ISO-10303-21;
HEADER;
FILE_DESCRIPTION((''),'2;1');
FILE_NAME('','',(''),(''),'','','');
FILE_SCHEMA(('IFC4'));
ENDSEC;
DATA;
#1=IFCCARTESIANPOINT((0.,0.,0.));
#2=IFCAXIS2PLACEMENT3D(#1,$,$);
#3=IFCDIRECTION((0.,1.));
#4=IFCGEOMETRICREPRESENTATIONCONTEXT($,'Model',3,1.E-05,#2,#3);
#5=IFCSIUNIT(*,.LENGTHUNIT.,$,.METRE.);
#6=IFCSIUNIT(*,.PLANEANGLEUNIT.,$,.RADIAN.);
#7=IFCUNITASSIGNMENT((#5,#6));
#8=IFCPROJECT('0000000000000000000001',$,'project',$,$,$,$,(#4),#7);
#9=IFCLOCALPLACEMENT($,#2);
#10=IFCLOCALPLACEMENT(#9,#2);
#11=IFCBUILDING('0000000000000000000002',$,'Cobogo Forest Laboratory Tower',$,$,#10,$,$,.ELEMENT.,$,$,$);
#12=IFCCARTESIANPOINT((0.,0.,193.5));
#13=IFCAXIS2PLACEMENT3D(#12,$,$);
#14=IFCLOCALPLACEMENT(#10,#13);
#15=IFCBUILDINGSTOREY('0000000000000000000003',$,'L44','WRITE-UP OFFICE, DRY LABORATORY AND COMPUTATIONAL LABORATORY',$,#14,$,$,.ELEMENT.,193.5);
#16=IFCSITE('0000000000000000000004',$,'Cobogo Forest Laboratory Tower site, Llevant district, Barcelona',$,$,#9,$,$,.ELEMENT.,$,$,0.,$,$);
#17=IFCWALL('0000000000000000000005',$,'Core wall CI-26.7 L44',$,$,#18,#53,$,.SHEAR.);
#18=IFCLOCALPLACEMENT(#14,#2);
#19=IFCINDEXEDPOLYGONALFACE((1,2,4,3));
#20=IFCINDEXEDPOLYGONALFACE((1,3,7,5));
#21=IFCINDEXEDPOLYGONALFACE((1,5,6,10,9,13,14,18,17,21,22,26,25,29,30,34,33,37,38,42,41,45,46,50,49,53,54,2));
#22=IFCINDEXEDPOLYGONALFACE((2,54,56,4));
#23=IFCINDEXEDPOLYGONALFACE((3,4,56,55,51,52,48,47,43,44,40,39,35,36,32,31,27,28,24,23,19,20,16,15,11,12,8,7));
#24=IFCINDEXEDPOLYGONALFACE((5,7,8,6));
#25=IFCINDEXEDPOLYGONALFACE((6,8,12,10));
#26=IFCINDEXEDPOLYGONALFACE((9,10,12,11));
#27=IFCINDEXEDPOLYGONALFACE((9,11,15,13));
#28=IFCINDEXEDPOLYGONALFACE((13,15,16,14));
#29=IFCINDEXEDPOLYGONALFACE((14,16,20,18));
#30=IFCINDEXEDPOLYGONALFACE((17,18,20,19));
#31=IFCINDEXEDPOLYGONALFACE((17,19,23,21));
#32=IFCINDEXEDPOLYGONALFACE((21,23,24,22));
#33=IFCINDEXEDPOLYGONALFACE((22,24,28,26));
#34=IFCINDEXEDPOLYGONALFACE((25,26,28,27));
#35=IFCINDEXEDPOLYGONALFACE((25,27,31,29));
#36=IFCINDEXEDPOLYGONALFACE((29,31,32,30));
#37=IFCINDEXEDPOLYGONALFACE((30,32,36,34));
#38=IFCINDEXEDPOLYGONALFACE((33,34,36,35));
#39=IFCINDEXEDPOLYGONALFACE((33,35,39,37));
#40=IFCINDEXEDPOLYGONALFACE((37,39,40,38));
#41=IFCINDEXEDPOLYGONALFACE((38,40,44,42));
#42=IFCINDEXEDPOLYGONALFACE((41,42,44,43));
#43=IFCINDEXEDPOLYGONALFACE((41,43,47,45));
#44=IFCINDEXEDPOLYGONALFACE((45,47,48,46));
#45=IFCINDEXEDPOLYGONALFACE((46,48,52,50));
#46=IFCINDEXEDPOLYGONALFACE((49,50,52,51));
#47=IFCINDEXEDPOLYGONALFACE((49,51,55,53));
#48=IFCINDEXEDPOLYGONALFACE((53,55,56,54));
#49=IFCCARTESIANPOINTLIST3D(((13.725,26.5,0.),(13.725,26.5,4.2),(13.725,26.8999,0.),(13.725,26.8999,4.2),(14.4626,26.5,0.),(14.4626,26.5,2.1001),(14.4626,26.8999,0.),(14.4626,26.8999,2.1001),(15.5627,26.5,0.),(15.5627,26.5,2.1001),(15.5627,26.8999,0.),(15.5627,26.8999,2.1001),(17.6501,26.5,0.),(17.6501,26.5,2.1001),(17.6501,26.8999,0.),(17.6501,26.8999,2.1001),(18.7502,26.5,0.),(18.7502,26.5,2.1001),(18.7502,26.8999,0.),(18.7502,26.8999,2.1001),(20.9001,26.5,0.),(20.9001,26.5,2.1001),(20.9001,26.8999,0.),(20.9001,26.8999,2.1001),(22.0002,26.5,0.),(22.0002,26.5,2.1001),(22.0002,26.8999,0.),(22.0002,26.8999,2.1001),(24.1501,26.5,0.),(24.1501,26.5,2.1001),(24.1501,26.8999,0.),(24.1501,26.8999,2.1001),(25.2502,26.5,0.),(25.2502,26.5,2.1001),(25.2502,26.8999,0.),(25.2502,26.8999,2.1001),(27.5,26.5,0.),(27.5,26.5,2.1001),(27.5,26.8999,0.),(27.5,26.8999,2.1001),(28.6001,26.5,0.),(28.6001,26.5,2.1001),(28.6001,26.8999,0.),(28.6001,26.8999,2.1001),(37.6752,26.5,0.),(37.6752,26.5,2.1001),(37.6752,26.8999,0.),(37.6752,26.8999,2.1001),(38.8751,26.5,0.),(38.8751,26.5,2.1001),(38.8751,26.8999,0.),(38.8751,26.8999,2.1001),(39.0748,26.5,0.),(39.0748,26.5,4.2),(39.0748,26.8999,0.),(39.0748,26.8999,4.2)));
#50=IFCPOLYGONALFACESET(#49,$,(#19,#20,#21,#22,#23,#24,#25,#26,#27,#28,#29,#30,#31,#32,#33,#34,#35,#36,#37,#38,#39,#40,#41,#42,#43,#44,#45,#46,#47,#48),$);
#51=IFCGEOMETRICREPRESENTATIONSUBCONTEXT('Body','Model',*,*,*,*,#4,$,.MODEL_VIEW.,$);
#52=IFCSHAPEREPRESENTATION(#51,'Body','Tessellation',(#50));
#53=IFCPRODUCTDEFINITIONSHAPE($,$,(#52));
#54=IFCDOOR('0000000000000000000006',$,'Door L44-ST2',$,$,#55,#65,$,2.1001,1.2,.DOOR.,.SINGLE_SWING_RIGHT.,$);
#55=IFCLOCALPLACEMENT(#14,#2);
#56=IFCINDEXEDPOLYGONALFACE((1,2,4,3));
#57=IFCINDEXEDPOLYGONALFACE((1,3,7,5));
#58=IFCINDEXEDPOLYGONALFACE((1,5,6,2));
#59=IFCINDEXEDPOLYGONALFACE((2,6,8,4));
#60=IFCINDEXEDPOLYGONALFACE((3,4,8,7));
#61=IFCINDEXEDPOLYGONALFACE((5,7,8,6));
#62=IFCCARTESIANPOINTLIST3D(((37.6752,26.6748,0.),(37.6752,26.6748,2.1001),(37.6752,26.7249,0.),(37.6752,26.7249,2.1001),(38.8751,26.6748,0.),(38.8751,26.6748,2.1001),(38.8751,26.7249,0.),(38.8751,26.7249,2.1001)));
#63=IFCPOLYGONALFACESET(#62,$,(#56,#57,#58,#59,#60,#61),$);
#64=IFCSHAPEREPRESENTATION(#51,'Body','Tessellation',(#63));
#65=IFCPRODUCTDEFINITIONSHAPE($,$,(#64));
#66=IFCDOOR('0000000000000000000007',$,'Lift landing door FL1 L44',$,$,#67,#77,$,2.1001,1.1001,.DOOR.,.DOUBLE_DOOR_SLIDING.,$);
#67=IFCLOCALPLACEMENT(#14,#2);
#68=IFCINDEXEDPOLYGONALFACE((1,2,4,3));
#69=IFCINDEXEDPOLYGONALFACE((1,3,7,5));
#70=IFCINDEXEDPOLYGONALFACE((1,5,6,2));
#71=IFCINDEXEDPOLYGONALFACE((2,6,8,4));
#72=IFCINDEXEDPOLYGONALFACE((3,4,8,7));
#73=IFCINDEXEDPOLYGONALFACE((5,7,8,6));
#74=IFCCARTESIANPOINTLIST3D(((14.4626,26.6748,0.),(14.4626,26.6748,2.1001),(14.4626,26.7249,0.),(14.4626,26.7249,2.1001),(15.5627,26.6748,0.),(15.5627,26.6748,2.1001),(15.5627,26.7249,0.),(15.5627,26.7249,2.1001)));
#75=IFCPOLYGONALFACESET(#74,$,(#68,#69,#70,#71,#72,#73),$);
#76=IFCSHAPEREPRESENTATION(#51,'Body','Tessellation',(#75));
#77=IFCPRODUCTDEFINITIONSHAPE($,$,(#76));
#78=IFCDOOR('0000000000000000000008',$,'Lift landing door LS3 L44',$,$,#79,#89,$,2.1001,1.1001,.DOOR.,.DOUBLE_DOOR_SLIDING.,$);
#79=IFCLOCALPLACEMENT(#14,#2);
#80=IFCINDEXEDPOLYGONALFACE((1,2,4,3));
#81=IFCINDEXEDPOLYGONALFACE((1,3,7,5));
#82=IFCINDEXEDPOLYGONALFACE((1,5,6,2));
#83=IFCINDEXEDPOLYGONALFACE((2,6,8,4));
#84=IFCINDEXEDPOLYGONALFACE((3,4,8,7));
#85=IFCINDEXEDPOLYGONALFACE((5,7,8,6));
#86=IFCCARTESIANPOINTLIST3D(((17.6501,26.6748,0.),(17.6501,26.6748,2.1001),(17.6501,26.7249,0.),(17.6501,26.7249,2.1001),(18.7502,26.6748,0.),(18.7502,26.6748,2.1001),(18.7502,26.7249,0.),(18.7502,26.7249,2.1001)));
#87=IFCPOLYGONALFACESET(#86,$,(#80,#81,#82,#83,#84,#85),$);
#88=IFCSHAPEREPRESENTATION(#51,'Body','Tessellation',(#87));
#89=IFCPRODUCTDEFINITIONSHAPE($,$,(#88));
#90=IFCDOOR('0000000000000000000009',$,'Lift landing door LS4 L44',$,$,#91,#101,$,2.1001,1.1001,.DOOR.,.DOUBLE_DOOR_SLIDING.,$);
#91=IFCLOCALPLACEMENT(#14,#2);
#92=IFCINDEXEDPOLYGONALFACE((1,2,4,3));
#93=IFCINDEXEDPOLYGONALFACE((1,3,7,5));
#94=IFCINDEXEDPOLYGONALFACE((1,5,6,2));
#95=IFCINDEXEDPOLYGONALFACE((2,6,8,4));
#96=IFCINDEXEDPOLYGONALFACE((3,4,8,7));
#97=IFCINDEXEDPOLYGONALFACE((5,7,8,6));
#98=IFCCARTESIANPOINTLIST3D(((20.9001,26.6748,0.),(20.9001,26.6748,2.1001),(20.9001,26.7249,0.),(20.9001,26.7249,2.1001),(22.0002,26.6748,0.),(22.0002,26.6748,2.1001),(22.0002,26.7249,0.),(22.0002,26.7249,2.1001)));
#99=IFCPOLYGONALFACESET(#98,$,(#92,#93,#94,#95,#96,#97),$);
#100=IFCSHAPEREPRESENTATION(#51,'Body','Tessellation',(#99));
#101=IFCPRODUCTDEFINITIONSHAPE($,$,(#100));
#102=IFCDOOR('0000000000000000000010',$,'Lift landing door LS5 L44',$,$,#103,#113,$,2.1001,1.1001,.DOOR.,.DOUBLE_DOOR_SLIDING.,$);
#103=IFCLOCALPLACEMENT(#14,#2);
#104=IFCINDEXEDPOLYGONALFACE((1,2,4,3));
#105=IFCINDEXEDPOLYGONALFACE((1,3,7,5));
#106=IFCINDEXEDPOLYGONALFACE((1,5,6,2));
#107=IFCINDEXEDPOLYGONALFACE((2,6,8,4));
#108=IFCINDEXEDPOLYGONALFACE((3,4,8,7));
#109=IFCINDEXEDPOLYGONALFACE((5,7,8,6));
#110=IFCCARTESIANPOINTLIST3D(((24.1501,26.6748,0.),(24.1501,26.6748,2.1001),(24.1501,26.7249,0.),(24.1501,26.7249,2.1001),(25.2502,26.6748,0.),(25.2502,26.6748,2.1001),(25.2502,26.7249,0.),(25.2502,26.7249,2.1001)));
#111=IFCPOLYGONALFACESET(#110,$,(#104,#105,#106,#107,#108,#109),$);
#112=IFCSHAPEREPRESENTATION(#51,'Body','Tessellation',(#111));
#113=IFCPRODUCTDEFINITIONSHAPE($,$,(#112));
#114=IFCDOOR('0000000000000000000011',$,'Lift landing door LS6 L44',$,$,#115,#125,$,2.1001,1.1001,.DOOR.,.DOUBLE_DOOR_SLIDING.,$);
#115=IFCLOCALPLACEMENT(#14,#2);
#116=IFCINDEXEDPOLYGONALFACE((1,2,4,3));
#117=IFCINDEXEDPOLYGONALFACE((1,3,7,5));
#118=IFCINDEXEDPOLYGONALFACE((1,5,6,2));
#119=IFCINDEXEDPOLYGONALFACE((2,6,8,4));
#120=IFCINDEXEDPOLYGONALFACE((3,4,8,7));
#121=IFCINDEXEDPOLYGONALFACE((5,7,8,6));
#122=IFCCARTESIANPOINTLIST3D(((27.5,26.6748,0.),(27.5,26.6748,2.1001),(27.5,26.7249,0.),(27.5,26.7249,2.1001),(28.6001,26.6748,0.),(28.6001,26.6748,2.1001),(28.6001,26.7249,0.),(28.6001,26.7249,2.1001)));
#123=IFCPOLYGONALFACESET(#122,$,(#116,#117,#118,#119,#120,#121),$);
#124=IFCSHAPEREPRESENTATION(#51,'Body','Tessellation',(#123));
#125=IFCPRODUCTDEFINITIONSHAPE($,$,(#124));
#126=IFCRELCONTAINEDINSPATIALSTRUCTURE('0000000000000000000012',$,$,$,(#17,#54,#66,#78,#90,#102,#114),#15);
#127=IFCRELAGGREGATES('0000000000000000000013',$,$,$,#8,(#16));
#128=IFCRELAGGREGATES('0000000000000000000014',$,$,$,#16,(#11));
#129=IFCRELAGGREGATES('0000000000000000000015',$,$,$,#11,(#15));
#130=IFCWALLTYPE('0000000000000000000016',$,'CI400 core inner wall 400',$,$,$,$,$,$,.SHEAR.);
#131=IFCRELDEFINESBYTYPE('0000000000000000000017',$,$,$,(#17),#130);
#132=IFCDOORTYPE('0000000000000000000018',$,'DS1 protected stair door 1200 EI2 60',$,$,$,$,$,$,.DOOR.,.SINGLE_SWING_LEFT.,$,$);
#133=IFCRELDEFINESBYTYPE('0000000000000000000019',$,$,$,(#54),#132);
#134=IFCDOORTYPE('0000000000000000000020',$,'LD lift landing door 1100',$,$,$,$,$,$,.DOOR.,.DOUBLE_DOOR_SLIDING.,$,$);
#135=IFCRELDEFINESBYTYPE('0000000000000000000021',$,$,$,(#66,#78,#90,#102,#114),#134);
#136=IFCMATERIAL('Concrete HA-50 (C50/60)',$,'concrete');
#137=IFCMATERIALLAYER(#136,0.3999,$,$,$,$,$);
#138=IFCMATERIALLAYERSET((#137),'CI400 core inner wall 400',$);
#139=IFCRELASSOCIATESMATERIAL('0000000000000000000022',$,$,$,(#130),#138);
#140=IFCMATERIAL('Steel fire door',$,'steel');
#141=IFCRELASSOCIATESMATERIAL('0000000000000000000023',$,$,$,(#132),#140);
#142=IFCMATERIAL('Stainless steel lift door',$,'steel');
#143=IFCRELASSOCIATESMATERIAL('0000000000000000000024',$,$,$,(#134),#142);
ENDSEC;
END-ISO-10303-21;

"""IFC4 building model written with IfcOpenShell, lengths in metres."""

from ifc_helpers import new_model, si_unit, direction, frame, frame_2d, origin, place, context, subcontext, project, spatial, rectangle, extrude, material, layer, layer_set, type_object, element, fill, save


model = new_model("IFC4")

# Units and contexts
model_context = context("Model", 3, precision=1e-05, world=origin(), true_north=direction((0.0, 1.0)))
body_context = subcontext(model_context, "Body", "Model", "MODEL_VIEW")
ifc_project = project(units=[si_unit("LENGTHUNIT", "METRE"), si_unit("PLANEANGLEUNIT", "RADIAN")], contexts=[model_context])

# Site, building, storey
site_placement = place(None, origin())
site = spatial("IfcSite", under=ifc_project, at=site_placement, Name="Cobogo Forest Laboratory Tower site, Llevant district, Barcelona", CompositionType="ELEMENT", RefElevation=0.0)
building_placement = place(site_placement, origin())
building = spatial("IfcBuilding", under=site, at=building_placement, Name="Cobogo Forest Laboratory Tower", CompositionType="ELEMENT")
storey_placement = place(building_placement, frame((0.0, 0.0, 193.5)))
storey = spatial("IfcBuildingStorey", under=building, at=storey_placement, Name="L44", Description="WRITE-UP OFFICE, DRY LABORATORY AND COMPUTATIONAL LABORATORY", CompositionType="ELEMENT", Elevation=193.5)

# Shared definitions
ifc_material_1 = material(Name="Concrete HA-50 (C50/60)", Category="concrete")

# Shared definitions
ifc_layer_1 = layer(ifc_material_1, 0.3999)
ifc_layer_set_1 = layer_set([ifc_layer_1], Name="CI400 core inner wall 400")
wall_type_1 = type_object("IfcWallType", Name="CI400 core inner wall 400", PredefinedType="SHEAR", material=ifc_layer_set_1)

# Wall, openings, doors
wall_1_placement = place(storey_placement, frame((13.7251, 26.7, 0.0), z_axis=(0.0, 0.0, 1.0), x_axis=(1.0, 0.0, 0.0)))
wall_1 = element("IfcWall", 1, at=wall_1_placement, inside=storey, type_object=wall_type_1, Name="Core wall CI-26.7 L44", PredefinedType="SHEAR", context=body_context, shape_type="SweptSolid", body=[
    extrude(rectangle(XDim=25.3499, YDim=0.3999, at=frame_2d((12.6748, 0.0))), origin(), (0.0, 0.0, 1.0), 4.2),
])
opening_1_placement = place(wall_1_placement, frame((23.95, 0.0, 0.0)))
opening_1 = element("IfcOpeningElement", 2, at=opening_1_placement, cuts=wall_1, PredefinedType="OPENING", context=body_context, shape_type="SweptSolid", body=[
    extrude(rectangle(XDim=1.2, YDim=2.1001, at=frame_2d((0.6001, 1.05))), frame((0.0, 0.21, 0.0), z_axis=(0.0, -1.0, 0.0), x_axis=(1.0, 0.0, 0.0)), (0.0, 0.0, 1.0), 0.4199),
])
opening_2_placement = place(wall_1_placement, frame((0.7375, 0.0, 0.0)))
opening_2 = element("IfcOpeningElement", 3, at=opening_2_placement, cuts=wall_1, PredefinedType="OPENING", context=body_context, shape_type="SweptSolid", body=[
    extrude(rectangle(XDim=1.1001, YDim=2.1001, at=frame_2d((0.55, 1.05))), frame((0.0, 0.21, 0.0), z_axis=(0.0, -1.0, 0.0), x_axis=(1.0, 0.0, 0.0)), (0.0, 0.0, 1.0), 0.4199),
])
opening_3_placement = place(wall_1_placement, frame((3.925, 0.0, 0.0)))
opening_3 = element("IfcOpeningElement", 4, at=opening_3_placement, cuts=wall_1, PredefinedType="OPENING", context=body_context, shape_type="SweptSolid", body=[
    extrude(rectangle(XDim=1.1001, YDim=2.1001, at=frame_2d((0.55, 1.05))), frame((0.0, 0.21, 0.0), z_axis=(0.0, -1.0, 0.0), x_axis=(1.0, 0.0, 0.0)), (0.0, 0.0, 1.0), 0.4199),
])
opening_4_placement = place(wall_1_placement, frame((7.175, 0.0, 0.0)))
opening_4 = element("IfcOpeningElement", 5, at=opening_4_placement, cuts=wall_1, PredefinedType="OPENING", context=body_context, shape_type="SweptSolid", body=[
    extrude(rectangle(XDim=1.1001, YDim=2.1001, at=frame_2d((0.55, 1.05))), frame((0.0, 0.21, 0.0), z_axis=(0.0, -1.0, 0.0), x_axis=(1.0, 0.0, 0.0)), (0.0, 0.0, 1.0), 0.4199),
])
opening_5_placement = place(wall_1_placement, frame((10.425, 0.0, 0.0)))
opening_5 = element("IfcOpeningElement", 6, at=opening_5_placement, cuts=wall_1, PredefinedType="OPENING", context=body_context, shape_type="SweptSolid", body=[
    extrude(rectangle(XDim=1.1001, YDim=2.1001, at=frame_2d((0.55, 1.05))), frame((0.0, 0.21, 0.0), z_axis=(0.0, -1.0, 0.0), x_axis=(1.0, 0.0, 0.0)), (0.0, 0.0, 1.0), 0.4199),
])
opening_6_placement = place(wall_1_placement, frame((13.7749, 0.0, 0.0)))
opening_6 = element("IfcOpeningElement", 7, at=opening_6_placement, cuts=wall_1, PredefinedType="OPENING", context=body_context, shape_type="SweptSolid", body=[
    extrude(rectangle(XDim=1.1001, YDim=2.1001, at=frame_2d((0.55, 1.05))), frame((0.0, 0.21, 0.0), z_axis=(0.0, -1.0, 0.0), x_axis=(1.0, 0.0, 0.0)), (0.0, 0.0, 1.0), 0.4199),
])
ifc_material_2 = material(Name="Steel fire door", Category="steel")
door_type_1 = type_object("IfcDoorType", Name="DS1 protected stair door 1200 EI2 60", OperationType="SINGLE_SWING_LEFT", PredefinedType="DOOR", material=ifc_material_2)
door_1_placement = place(opening_1_placement, origin())
door_1 = element("IfcDoor", 8, at=door_1_placement, inside=storey, type_object=door_type_1, Name="Door L44-ST2", OperationType="SINGLE_SWING_RIGHT", OverallHeight=2.1001, OverallWidth=1.2, PredefinedType="DOOR", context=body_context, shape_type="SweptSolid", body=[
    extrude(rectangle(XDim=1.2, YDim=2.1001, at=frame_2d((0.6001, 1.05))), frame((0.0, 0.0249, 0.0), z_axis=(0.0, -1.0, 0.0), x_axis=(1.0, 0.0, 0.0)), (0.0, 0.0, 1.0), 0.05),
])
fill(opening_1, door_1)
ifc_material_3 = material(Name="Stainless steel lift door", Category="steel")
door_type_2 = type_object("IfcDoorType", Name="LD lift landing door 1100", OperationType="DOUBLE_DOOR_SLIDING", PredefinedType="DOOR", material=ifc_material_3)
door_2_placement = place(opening_2_placement, origin())
door_2 = element("IfcDoor", 9, at=door_2_placement, inside=storey, type_object=door_type_2, Name="Lift landing door FL1 L44", OperationType="DOUBLE_DOOR_SLIDING", OverallHeight=2.1001, OverallWidth=1.1001, PredefinedType="DOOR", context=body_context, shape_type="SweptSolid", body=[
    extrude(rectangle(XDim=1.1001, YDim=2.1001, at=frame_2d((0.55, 1.05))), frame((0.0, 0.0249, 0.0), z_axis=(0.0, -1.0, 0.0), x_axis=(1.0, 0.0, 0.0)), (0.0, 0.0, 1.0), 0.05),
])
fill(opening_2, door_2)
door_3_placement = place(opening_3_placement, origin())
door_3 = element("IfcDoor", 10, at=door_3_placement, inside=storey, type_object=door_type_2, Name="Lift landing door LS3 L44", OperationType="DOUBLE_DOOR_SLIDING", OverallHeight=2.1001, OverallWidth=1.1001, PredefinedType="DOOR", context=body_context, shape_type="SweptSolid", body=[
    extrude(rectangle(XDim=1.1001, YDim=2.1001, at=frame_2d((0.55, 1.05))), frame((0.0, 0.0249, 0.0), z_axis=(0.0, -1.0, 0.0), x_axis=(1.0, 0.0, 0.0)), (0.0, 0.0, 1.0), 0.05),
])
fill(opening_3, door_3)
door_4_placement = place(opening_4_placement, origin())
door_4 = element("IfcDoor", 11, at=door_4_placement, inside=storey, type_object=door_type_2, Name="Lift landing door LS4 L44", OperationType="DOUBLE_DOOR_SLIDING", OverallHeight=2.1001, OverallWidth=1.1001, PredefinedType="DOOR", context=body_context, shape_type="SweptSolid", body=[
    extrude(rectangle(XDim=1.1001, YDim=2.1001, at=frame_2d((0.55, 1.05))), frame((0.0, 0.0249, 0.0), z_axis=(0.0, -1.0, 0.0), x_axis=(1.0, 0.0, 0.0)), (0.0, 0.0, 1.0), 0.05),
])
fill(opening_4, door_4)
door_5_placement = place(opening_5_placement, origin())
door_5 = element("IfcDoor", 12, at=door_5_placement, inside=storey, type_object=door_type_2, Name="Lift landing door LS5 L44", OperationType="DOUBLE_DOOR_SLIDING", OverallHeight=2.1001, OverallWidth=1.1001, PredefinedType="DOOR", context=body_context, shape_type="SweptSolid", body=[
    extrude(rectangle(XDim=1.1001, YDim=2.1001, at=frame_2d((0.55, 1.05))), frame((0.0, 0.0249, 0.0), z_axis=(0.0, -1.0, 0.0), x_axis=(1.0, 0.0, 0.0)), (0.0, 0.0, 1.0), 0.05),
])
fill(opening_5, door_5)
door_6_placement = place(opening_6_placement, origin())
door_6 = element("IfcDoor", 13, at=door_6_placement, inside=storey, type_object=door_type_2, Name="Lift landing door LS6 L44", OperationType="DOUBLE_DOOR_SLIDING", OverallHeight=2.1001, OverallWidth=1.1001, PredefinedType="DOOR", context=body_context, shape_type="SweptSolid", body=[
    extrude(rectangle(XDim=1.1001, YDim=2.1001, at=frame_2d((0.55, 1.05))), frame((0.0, 0.0249, 0.0), z_axis=(0.0, -1.0, 0.0), x_axis=(1.0, 0.0, 0.0)), (0.0, 0.0, 1.0), 0.05),
])
fill(opening_6, door_6)

save(model, "model.ifc")
